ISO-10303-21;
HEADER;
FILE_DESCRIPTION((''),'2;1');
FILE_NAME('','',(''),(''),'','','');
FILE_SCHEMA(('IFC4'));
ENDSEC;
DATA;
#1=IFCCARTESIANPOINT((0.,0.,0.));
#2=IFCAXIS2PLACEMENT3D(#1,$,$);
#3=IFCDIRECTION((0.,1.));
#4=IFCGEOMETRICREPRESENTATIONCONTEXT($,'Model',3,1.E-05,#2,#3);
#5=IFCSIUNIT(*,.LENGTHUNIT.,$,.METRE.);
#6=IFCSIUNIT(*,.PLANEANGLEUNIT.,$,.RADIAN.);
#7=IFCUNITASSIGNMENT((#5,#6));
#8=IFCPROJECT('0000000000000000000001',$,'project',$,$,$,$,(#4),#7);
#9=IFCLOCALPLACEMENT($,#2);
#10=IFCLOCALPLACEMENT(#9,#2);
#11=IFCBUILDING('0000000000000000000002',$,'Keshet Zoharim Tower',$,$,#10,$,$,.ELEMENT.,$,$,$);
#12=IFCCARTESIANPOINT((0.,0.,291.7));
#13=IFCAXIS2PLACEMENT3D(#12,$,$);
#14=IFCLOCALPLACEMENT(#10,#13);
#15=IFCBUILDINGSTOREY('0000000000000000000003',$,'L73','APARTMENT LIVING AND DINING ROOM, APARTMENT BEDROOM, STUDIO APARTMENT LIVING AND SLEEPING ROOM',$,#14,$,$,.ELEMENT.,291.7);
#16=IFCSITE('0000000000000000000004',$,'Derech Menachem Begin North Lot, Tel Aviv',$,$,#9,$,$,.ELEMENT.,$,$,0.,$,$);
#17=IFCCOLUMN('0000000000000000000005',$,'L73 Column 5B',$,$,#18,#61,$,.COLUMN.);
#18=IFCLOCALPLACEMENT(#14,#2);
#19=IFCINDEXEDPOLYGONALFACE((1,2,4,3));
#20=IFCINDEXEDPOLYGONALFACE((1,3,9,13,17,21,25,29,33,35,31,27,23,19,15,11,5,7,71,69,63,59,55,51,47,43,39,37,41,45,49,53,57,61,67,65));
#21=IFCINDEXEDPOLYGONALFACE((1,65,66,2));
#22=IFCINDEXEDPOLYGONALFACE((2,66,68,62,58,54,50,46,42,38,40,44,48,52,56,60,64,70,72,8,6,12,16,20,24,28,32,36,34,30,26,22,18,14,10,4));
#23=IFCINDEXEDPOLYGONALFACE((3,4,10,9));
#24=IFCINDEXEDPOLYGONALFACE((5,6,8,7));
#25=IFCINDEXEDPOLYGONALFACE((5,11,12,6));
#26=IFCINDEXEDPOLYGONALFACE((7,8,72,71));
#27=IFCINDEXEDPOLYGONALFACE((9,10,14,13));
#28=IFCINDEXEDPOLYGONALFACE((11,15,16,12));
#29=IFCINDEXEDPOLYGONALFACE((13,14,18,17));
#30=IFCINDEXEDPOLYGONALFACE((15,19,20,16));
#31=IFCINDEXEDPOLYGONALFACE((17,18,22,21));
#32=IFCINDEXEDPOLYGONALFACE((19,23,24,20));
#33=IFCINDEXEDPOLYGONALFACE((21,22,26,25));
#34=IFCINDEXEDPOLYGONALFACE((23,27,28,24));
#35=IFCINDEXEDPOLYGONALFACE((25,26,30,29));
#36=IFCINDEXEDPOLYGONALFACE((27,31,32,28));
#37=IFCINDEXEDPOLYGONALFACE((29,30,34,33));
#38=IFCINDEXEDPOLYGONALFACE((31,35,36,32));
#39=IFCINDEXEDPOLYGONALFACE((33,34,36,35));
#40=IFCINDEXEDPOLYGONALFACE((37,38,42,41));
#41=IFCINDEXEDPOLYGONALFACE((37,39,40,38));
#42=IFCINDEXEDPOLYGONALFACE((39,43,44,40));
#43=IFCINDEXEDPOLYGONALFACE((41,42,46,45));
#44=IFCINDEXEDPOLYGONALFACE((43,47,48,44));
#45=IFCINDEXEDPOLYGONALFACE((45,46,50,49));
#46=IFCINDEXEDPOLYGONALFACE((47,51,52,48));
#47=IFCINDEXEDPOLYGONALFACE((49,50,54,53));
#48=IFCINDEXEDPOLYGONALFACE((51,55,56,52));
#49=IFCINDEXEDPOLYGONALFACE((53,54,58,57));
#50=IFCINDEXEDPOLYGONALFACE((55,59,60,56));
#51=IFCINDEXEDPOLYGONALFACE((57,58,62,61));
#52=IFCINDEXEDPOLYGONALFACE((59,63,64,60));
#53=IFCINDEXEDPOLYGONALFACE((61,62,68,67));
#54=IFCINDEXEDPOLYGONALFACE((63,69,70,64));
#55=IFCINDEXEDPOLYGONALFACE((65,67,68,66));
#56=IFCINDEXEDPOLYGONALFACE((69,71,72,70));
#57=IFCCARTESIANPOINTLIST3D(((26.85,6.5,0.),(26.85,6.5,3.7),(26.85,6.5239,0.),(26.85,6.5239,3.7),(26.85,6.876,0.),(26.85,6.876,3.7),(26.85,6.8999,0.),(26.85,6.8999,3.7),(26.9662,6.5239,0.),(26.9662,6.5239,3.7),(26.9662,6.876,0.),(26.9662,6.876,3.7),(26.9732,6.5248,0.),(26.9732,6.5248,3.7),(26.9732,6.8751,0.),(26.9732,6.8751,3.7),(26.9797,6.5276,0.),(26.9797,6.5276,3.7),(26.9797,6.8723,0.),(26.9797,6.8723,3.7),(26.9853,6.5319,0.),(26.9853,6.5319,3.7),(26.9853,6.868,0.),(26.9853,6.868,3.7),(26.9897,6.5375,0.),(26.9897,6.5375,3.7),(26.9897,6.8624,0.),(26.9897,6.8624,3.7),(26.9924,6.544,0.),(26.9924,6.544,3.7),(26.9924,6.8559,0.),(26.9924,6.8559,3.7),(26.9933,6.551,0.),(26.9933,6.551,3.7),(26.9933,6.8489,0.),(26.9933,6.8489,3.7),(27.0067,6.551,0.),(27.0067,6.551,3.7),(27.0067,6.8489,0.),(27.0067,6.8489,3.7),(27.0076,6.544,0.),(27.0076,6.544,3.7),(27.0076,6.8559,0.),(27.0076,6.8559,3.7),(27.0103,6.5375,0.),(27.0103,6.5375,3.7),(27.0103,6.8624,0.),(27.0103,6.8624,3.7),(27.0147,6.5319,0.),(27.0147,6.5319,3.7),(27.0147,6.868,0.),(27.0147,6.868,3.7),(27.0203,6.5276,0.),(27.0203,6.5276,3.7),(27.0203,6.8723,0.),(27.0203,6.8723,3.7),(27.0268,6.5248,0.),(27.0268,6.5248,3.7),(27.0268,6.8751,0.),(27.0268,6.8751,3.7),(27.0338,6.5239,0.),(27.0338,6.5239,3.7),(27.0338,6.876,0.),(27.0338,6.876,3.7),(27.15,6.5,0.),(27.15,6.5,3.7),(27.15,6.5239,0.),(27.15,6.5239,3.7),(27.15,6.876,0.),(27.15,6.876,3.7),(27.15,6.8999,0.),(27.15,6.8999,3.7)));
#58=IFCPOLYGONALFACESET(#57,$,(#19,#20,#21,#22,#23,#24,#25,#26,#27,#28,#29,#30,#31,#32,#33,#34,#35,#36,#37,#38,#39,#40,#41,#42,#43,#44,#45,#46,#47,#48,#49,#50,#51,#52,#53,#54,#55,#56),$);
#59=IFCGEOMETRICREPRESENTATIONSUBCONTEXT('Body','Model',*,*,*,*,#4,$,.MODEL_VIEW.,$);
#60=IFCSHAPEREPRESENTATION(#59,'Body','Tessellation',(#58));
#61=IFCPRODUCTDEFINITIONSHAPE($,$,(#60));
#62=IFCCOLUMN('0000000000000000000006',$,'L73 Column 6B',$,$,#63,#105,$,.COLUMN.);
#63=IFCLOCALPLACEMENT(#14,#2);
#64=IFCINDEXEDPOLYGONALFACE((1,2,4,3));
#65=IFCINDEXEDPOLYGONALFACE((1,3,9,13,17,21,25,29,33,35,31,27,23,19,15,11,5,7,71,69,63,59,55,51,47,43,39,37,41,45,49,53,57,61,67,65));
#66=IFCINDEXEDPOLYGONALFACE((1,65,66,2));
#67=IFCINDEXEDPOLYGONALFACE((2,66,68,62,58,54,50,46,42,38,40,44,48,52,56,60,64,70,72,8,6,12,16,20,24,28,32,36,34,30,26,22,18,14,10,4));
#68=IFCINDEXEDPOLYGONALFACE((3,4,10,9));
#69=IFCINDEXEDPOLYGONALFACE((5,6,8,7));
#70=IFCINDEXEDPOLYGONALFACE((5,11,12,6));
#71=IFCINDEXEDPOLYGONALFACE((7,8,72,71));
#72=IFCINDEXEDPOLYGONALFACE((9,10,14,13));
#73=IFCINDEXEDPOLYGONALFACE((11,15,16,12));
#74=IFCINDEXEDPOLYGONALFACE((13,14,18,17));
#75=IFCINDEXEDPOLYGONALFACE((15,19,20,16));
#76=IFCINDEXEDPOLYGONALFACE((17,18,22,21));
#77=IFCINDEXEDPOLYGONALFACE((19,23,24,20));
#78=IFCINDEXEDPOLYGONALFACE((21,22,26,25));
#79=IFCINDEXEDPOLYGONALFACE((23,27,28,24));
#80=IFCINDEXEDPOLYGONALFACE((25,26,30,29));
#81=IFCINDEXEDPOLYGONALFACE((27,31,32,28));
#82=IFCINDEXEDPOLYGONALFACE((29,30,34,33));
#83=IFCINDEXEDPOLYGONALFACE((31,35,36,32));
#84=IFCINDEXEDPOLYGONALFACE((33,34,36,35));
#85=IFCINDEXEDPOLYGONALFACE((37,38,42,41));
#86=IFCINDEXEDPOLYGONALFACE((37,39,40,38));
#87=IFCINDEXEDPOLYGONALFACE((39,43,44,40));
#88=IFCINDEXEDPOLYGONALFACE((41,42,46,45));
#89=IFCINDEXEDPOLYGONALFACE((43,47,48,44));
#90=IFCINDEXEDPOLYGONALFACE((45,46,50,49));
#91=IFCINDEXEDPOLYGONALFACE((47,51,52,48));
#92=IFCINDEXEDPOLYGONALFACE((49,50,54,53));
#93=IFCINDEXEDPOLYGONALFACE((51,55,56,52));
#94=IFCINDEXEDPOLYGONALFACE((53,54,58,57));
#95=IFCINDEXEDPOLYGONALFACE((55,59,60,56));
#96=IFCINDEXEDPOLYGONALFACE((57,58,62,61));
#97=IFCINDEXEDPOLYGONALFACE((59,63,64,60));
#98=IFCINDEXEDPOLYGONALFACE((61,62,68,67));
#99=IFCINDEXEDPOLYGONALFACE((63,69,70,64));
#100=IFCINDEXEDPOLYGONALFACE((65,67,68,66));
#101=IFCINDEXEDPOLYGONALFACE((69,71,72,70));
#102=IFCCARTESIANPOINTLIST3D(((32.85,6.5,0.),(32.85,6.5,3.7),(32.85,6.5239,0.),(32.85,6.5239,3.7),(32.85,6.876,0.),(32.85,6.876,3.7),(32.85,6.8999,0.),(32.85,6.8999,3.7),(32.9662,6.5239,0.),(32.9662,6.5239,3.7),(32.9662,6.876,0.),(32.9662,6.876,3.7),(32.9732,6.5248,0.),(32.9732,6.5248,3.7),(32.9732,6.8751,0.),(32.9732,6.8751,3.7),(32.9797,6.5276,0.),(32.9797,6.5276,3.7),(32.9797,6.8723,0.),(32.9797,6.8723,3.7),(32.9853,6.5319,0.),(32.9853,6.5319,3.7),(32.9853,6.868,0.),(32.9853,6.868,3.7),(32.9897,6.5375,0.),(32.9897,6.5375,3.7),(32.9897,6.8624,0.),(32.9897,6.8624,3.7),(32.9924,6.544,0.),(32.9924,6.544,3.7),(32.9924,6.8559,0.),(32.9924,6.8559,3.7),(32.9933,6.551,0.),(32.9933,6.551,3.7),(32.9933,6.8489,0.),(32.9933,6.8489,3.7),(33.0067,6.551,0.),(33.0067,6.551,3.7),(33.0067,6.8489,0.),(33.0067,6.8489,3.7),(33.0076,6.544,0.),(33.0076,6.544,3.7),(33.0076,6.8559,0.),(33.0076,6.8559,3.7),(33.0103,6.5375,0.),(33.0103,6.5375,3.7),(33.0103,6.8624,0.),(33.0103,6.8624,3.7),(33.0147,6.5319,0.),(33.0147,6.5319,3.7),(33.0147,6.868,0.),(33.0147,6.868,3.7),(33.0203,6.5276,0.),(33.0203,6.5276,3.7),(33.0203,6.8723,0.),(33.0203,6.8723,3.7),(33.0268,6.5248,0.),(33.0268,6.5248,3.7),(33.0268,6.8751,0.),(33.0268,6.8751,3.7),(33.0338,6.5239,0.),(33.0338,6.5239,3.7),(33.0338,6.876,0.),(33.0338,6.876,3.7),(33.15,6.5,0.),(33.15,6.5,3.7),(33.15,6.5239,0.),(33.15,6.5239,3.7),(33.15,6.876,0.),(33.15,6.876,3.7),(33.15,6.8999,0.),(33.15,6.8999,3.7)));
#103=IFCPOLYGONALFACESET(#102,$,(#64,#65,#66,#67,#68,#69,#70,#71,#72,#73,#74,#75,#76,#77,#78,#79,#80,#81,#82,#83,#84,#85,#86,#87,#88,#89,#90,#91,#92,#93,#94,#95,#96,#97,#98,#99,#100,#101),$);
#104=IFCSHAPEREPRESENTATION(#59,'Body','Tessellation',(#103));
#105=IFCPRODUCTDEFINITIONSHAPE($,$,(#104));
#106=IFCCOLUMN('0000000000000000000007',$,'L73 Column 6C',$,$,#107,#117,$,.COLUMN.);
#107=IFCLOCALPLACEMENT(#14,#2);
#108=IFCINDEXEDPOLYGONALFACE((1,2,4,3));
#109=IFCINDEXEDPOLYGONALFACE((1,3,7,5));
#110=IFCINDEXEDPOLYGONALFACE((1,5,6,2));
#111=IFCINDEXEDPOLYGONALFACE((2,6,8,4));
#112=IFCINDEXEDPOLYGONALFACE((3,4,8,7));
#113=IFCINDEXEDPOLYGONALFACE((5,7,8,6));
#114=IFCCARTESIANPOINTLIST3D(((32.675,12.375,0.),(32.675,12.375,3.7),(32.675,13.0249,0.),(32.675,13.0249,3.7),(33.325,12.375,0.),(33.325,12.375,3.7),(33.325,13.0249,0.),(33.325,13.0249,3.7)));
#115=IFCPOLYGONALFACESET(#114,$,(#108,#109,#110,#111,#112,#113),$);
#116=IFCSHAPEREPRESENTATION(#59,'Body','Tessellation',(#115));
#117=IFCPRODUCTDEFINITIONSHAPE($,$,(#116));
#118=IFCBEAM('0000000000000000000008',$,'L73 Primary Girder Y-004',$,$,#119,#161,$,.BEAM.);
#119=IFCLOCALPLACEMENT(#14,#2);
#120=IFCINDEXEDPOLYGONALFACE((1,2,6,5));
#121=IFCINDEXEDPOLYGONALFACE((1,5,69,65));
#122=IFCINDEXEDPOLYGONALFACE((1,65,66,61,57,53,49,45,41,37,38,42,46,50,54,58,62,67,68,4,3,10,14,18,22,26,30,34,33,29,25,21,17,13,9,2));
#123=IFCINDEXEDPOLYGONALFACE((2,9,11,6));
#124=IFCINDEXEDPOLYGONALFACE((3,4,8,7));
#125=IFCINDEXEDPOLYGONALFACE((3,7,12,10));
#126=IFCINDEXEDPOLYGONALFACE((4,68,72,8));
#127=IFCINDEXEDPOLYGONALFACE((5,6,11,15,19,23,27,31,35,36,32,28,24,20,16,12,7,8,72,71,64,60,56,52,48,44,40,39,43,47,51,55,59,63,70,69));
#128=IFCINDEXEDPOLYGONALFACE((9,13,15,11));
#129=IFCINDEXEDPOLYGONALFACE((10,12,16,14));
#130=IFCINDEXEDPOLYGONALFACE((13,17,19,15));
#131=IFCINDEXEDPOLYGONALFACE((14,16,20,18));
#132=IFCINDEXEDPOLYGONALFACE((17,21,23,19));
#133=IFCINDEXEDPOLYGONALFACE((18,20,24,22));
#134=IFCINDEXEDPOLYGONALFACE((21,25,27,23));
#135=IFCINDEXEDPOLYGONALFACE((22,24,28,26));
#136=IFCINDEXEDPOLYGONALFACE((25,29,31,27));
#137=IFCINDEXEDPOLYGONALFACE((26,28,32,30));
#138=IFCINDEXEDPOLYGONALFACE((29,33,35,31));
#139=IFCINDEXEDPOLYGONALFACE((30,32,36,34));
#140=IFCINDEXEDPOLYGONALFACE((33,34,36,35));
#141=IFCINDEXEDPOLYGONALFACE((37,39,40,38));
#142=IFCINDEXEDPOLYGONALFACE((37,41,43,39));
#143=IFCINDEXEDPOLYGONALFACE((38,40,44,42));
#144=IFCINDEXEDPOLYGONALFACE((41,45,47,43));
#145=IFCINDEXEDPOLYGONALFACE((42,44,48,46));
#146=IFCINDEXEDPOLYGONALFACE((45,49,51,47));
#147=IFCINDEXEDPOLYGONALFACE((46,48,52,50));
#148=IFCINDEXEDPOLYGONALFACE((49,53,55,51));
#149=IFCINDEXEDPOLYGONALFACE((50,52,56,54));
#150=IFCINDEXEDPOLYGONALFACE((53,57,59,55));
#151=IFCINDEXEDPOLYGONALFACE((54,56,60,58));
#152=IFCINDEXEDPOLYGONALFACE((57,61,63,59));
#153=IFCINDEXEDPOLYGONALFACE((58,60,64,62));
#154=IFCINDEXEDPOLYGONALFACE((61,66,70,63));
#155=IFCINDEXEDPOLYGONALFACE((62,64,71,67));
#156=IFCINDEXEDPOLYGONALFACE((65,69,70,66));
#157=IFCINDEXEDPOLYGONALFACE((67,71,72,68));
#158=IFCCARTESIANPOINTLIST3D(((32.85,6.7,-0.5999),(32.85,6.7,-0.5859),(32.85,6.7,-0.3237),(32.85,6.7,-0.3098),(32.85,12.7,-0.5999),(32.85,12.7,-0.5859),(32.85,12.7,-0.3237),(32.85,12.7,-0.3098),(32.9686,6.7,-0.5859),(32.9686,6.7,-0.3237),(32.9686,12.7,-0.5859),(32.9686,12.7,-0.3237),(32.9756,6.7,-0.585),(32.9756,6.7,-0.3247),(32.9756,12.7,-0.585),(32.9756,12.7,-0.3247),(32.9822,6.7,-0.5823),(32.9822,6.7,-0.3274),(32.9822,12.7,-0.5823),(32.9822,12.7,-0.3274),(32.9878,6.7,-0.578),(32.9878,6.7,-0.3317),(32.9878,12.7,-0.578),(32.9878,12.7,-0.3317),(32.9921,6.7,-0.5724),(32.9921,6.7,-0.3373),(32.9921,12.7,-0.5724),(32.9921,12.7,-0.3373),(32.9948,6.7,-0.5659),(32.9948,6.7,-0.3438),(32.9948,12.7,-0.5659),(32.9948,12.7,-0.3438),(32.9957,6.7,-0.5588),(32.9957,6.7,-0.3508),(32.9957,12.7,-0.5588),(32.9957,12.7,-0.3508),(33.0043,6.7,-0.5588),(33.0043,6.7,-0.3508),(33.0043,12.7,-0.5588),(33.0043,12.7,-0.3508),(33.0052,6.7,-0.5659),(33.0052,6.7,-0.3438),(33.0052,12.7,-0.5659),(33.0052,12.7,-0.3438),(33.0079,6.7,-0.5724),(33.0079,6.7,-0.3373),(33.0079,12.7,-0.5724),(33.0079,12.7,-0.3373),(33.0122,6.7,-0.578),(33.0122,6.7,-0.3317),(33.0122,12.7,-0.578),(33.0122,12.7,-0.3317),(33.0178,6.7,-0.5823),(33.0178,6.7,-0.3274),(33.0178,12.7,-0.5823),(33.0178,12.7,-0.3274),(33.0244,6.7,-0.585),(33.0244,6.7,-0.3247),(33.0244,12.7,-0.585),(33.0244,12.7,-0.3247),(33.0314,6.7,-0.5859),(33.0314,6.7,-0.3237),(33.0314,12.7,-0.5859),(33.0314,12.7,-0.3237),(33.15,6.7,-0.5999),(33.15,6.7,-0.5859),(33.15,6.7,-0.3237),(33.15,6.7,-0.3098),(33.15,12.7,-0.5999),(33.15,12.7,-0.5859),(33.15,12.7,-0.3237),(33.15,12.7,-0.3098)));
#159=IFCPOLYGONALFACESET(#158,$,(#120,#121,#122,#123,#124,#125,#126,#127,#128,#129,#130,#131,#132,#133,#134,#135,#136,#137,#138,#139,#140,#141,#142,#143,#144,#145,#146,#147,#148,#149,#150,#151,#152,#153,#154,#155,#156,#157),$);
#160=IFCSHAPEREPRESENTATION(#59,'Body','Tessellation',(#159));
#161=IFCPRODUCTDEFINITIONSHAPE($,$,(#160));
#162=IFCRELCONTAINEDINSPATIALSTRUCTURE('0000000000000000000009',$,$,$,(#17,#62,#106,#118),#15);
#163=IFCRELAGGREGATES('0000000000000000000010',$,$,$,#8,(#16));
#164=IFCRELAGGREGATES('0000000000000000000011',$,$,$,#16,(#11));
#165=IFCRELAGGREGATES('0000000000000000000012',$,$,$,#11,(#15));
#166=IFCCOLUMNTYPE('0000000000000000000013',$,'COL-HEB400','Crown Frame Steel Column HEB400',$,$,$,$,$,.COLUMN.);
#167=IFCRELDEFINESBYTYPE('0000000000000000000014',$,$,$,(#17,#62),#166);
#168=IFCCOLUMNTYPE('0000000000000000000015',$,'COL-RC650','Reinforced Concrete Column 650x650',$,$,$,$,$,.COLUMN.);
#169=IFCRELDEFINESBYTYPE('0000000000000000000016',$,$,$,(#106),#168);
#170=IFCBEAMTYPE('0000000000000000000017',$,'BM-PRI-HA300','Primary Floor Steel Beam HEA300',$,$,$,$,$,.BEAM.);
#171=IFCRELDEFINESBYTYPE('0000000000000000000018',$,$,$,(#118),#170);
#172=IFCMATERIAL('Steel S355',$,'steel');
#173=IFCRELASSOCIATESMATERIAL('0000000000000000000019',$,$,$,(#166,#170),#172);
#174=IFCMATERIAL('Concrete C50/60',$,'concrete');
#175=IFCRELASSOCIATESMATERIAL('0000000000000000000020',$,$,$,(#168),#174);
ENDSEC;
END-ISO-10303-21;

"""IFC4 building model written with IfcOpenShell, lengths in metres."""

from ifc_helpers import new_model, si_unit, direction, frame, origin, origin_2d, place, context, subcontext, project, spatial, rectangle, i_section, extrude, material, material_profile, profile_set, type_object, element, save


model = new_model("IFC4")

# Units and contexts
model_context = context("Model", 3, precision=1e-05, world=origin(), true_north=direction((0.0, 1.0)))
body_context = subcontext(model_context, "Body", "Model", "MODEL_VIEW")
ifc_project = project(units=[si_unit("LENGTHUNIT", "METRE"), si_unit("PLANEANGLEUNIT", "RADIAN")], contexts=[model_context])

# Site, building, storey
site_placement = place(None, origin())
site = spatial("IfcSite", under=ifc_project, at=site_placement, Name="Derech Menachem Begin North Lot, Tel Aviv", CompositionType="ELEMENT", RefElevation=0.0)
building_placement = place(site_placement, origin())
building = spatial("IfcBuilding", under=site, at=building_placement, Name="Keshet Zoharim Tower", CompositionType="ELEMENT")
storey_placement = place(building_placement, frame((0.0, 0.0, 291.7)))
storey = spatial("IfcBuildingStorey", under=building, at=storey_placement, Name="L73", Description="APARTMENT LIVING AND DINING ROOM, APARTMENT BEDROOM, STUDIO APARTMENT LIVING AND SLEEPING ROOM", CompositionType="ELEMENT", Elevation=291.7)

# Columns
ifc_material_1 = material(Name="Steel S355", Category="steel")
ifc_material_profile_1 = material_profile(ifc_material_1, i_section(OverallWidth=0.3, OverallDepth=0.3999, WebThickness=0.0134, FlangeThickness=0.0239, FilletRadius=0.0271, at=origin_2d()), Name="HEB400")
ifc_profile_set_1 = profile_set([ifc_material_profile_1], Name="Steel S355")
column_type_1 = type_object("IfcColumnType", Name="COL-HEB400", Description="Crown Frame Steel Column HEB400", PredefinedType="COLUMN", material=ifc_profile_set_1)
for number, where, z_axis, x_axis, name in (
    (1, (27.0, 6.7, 0.0), (0.0, 0.0, 1.0), (1.0, 0.0, 0.0), "L73 Column 5B"),
    (2, (33.0, 6.7, 0.0), (0.0, 0.0, 1.0), (1.0, 0.0, 0.0), "L73 Column 6B"),
):
    element("IfcColumn", number, at=place(storey_placement, frame(where, z_axis=z_axis, x_axis=x_axis)), inside=storey, type_object=column_type_1, Name=name, PredefinedType="COLUMN", context=body_context, shape_type="SweptSolid", body=[
        extrude(i_section(OverallWidth=0.3, OverallDepth=0.3999, WebThickness=0.0134, FlangeThickness=0.0239, FilletRadius=0.0271, at=origin_2d()), origin(), (0.0, 0.0, 1.0), 3.7),
    ])
ifc_material_2 = material(Name="Concrete C50/60", Category="concrete")
ifc_material_profile_2 = material_profile(ifc_material_2, rectangle(XDim=0.6499, YDim=0.6499, at=origin_2d()), Name="RC650x650")
ifc_profile_set_2 = profile_set([ifc_material_profile_2], Name="Concrete C50/60")
column_type_2 = type_object("IfcColumnType", Name="COL-RC650", Description="Reinforced Concrete Column 650x650", PredefinedType="COLUMN", material=ifc_profile_set_2)
column_placement = place(storey_placement, frame((33.0, 12.7, 0.0), z_axis=(0.0, 0.0, 1.0), x_axis=(1.0, 0.0, 0.0)))
element("IfcColumn", 3, at=column_placement, inside=storey, type_object=column_type_2, Name="L73 Column 6C", PredefinedType="COLUMN", context=body_context, shape_type="SweptSolid", body=[
    extrude(rectangle(XDim=0.6499, YDim=0.6499, at=origin_2d()), origin(), (0.0, 0.0, 1.0), 3.7),
])

# Beam
ifc_material_profile_3 = material_profile(ifc_material_1, i_section(OverallWidth=0.3, OverallDepth=0.29, WebThickness=0.0085, FlangeThickness=0.0139, FilletRadius=0.0271, at=origin_2d()), Name="HEA300")
ifc_profile_set_3 = profile_set([ifc_material_profile_3], Name="Steel S355")
beam_type_1 = type_object("IfcBeamType", Name="BM-PRI-HA300", Description="Primary Floor Steel Beam HEA300", PredefinedType="BEAM", material=ifc_profile_set_3)
beam_1_placement = place(storey_placement, frame((33.0, 6.7, -0.4548), z_axis=(0.0, 1.0, 0.0), x_axis=(-1.0, 0.0, 0.0)))
element("IfcBeam", 4, at=beam_1_placement, inside=storey, type_object=beam_type_1, Name="L73 Primary Girder Y-004", PredefinedType="BEAM", context=body_context, shape_type="SweptSolid", body=[
    extrude(i_section(OverallWidth=0.3, OverallDepth=0.29, WebThickness=0.0085, FlangeThickness=0.0139, FilletRadius=0.0271, at=origin_2d()), origin(), (0.0, 0.0, 1.0), 6.0),
])

save(model, "model.ifc")
